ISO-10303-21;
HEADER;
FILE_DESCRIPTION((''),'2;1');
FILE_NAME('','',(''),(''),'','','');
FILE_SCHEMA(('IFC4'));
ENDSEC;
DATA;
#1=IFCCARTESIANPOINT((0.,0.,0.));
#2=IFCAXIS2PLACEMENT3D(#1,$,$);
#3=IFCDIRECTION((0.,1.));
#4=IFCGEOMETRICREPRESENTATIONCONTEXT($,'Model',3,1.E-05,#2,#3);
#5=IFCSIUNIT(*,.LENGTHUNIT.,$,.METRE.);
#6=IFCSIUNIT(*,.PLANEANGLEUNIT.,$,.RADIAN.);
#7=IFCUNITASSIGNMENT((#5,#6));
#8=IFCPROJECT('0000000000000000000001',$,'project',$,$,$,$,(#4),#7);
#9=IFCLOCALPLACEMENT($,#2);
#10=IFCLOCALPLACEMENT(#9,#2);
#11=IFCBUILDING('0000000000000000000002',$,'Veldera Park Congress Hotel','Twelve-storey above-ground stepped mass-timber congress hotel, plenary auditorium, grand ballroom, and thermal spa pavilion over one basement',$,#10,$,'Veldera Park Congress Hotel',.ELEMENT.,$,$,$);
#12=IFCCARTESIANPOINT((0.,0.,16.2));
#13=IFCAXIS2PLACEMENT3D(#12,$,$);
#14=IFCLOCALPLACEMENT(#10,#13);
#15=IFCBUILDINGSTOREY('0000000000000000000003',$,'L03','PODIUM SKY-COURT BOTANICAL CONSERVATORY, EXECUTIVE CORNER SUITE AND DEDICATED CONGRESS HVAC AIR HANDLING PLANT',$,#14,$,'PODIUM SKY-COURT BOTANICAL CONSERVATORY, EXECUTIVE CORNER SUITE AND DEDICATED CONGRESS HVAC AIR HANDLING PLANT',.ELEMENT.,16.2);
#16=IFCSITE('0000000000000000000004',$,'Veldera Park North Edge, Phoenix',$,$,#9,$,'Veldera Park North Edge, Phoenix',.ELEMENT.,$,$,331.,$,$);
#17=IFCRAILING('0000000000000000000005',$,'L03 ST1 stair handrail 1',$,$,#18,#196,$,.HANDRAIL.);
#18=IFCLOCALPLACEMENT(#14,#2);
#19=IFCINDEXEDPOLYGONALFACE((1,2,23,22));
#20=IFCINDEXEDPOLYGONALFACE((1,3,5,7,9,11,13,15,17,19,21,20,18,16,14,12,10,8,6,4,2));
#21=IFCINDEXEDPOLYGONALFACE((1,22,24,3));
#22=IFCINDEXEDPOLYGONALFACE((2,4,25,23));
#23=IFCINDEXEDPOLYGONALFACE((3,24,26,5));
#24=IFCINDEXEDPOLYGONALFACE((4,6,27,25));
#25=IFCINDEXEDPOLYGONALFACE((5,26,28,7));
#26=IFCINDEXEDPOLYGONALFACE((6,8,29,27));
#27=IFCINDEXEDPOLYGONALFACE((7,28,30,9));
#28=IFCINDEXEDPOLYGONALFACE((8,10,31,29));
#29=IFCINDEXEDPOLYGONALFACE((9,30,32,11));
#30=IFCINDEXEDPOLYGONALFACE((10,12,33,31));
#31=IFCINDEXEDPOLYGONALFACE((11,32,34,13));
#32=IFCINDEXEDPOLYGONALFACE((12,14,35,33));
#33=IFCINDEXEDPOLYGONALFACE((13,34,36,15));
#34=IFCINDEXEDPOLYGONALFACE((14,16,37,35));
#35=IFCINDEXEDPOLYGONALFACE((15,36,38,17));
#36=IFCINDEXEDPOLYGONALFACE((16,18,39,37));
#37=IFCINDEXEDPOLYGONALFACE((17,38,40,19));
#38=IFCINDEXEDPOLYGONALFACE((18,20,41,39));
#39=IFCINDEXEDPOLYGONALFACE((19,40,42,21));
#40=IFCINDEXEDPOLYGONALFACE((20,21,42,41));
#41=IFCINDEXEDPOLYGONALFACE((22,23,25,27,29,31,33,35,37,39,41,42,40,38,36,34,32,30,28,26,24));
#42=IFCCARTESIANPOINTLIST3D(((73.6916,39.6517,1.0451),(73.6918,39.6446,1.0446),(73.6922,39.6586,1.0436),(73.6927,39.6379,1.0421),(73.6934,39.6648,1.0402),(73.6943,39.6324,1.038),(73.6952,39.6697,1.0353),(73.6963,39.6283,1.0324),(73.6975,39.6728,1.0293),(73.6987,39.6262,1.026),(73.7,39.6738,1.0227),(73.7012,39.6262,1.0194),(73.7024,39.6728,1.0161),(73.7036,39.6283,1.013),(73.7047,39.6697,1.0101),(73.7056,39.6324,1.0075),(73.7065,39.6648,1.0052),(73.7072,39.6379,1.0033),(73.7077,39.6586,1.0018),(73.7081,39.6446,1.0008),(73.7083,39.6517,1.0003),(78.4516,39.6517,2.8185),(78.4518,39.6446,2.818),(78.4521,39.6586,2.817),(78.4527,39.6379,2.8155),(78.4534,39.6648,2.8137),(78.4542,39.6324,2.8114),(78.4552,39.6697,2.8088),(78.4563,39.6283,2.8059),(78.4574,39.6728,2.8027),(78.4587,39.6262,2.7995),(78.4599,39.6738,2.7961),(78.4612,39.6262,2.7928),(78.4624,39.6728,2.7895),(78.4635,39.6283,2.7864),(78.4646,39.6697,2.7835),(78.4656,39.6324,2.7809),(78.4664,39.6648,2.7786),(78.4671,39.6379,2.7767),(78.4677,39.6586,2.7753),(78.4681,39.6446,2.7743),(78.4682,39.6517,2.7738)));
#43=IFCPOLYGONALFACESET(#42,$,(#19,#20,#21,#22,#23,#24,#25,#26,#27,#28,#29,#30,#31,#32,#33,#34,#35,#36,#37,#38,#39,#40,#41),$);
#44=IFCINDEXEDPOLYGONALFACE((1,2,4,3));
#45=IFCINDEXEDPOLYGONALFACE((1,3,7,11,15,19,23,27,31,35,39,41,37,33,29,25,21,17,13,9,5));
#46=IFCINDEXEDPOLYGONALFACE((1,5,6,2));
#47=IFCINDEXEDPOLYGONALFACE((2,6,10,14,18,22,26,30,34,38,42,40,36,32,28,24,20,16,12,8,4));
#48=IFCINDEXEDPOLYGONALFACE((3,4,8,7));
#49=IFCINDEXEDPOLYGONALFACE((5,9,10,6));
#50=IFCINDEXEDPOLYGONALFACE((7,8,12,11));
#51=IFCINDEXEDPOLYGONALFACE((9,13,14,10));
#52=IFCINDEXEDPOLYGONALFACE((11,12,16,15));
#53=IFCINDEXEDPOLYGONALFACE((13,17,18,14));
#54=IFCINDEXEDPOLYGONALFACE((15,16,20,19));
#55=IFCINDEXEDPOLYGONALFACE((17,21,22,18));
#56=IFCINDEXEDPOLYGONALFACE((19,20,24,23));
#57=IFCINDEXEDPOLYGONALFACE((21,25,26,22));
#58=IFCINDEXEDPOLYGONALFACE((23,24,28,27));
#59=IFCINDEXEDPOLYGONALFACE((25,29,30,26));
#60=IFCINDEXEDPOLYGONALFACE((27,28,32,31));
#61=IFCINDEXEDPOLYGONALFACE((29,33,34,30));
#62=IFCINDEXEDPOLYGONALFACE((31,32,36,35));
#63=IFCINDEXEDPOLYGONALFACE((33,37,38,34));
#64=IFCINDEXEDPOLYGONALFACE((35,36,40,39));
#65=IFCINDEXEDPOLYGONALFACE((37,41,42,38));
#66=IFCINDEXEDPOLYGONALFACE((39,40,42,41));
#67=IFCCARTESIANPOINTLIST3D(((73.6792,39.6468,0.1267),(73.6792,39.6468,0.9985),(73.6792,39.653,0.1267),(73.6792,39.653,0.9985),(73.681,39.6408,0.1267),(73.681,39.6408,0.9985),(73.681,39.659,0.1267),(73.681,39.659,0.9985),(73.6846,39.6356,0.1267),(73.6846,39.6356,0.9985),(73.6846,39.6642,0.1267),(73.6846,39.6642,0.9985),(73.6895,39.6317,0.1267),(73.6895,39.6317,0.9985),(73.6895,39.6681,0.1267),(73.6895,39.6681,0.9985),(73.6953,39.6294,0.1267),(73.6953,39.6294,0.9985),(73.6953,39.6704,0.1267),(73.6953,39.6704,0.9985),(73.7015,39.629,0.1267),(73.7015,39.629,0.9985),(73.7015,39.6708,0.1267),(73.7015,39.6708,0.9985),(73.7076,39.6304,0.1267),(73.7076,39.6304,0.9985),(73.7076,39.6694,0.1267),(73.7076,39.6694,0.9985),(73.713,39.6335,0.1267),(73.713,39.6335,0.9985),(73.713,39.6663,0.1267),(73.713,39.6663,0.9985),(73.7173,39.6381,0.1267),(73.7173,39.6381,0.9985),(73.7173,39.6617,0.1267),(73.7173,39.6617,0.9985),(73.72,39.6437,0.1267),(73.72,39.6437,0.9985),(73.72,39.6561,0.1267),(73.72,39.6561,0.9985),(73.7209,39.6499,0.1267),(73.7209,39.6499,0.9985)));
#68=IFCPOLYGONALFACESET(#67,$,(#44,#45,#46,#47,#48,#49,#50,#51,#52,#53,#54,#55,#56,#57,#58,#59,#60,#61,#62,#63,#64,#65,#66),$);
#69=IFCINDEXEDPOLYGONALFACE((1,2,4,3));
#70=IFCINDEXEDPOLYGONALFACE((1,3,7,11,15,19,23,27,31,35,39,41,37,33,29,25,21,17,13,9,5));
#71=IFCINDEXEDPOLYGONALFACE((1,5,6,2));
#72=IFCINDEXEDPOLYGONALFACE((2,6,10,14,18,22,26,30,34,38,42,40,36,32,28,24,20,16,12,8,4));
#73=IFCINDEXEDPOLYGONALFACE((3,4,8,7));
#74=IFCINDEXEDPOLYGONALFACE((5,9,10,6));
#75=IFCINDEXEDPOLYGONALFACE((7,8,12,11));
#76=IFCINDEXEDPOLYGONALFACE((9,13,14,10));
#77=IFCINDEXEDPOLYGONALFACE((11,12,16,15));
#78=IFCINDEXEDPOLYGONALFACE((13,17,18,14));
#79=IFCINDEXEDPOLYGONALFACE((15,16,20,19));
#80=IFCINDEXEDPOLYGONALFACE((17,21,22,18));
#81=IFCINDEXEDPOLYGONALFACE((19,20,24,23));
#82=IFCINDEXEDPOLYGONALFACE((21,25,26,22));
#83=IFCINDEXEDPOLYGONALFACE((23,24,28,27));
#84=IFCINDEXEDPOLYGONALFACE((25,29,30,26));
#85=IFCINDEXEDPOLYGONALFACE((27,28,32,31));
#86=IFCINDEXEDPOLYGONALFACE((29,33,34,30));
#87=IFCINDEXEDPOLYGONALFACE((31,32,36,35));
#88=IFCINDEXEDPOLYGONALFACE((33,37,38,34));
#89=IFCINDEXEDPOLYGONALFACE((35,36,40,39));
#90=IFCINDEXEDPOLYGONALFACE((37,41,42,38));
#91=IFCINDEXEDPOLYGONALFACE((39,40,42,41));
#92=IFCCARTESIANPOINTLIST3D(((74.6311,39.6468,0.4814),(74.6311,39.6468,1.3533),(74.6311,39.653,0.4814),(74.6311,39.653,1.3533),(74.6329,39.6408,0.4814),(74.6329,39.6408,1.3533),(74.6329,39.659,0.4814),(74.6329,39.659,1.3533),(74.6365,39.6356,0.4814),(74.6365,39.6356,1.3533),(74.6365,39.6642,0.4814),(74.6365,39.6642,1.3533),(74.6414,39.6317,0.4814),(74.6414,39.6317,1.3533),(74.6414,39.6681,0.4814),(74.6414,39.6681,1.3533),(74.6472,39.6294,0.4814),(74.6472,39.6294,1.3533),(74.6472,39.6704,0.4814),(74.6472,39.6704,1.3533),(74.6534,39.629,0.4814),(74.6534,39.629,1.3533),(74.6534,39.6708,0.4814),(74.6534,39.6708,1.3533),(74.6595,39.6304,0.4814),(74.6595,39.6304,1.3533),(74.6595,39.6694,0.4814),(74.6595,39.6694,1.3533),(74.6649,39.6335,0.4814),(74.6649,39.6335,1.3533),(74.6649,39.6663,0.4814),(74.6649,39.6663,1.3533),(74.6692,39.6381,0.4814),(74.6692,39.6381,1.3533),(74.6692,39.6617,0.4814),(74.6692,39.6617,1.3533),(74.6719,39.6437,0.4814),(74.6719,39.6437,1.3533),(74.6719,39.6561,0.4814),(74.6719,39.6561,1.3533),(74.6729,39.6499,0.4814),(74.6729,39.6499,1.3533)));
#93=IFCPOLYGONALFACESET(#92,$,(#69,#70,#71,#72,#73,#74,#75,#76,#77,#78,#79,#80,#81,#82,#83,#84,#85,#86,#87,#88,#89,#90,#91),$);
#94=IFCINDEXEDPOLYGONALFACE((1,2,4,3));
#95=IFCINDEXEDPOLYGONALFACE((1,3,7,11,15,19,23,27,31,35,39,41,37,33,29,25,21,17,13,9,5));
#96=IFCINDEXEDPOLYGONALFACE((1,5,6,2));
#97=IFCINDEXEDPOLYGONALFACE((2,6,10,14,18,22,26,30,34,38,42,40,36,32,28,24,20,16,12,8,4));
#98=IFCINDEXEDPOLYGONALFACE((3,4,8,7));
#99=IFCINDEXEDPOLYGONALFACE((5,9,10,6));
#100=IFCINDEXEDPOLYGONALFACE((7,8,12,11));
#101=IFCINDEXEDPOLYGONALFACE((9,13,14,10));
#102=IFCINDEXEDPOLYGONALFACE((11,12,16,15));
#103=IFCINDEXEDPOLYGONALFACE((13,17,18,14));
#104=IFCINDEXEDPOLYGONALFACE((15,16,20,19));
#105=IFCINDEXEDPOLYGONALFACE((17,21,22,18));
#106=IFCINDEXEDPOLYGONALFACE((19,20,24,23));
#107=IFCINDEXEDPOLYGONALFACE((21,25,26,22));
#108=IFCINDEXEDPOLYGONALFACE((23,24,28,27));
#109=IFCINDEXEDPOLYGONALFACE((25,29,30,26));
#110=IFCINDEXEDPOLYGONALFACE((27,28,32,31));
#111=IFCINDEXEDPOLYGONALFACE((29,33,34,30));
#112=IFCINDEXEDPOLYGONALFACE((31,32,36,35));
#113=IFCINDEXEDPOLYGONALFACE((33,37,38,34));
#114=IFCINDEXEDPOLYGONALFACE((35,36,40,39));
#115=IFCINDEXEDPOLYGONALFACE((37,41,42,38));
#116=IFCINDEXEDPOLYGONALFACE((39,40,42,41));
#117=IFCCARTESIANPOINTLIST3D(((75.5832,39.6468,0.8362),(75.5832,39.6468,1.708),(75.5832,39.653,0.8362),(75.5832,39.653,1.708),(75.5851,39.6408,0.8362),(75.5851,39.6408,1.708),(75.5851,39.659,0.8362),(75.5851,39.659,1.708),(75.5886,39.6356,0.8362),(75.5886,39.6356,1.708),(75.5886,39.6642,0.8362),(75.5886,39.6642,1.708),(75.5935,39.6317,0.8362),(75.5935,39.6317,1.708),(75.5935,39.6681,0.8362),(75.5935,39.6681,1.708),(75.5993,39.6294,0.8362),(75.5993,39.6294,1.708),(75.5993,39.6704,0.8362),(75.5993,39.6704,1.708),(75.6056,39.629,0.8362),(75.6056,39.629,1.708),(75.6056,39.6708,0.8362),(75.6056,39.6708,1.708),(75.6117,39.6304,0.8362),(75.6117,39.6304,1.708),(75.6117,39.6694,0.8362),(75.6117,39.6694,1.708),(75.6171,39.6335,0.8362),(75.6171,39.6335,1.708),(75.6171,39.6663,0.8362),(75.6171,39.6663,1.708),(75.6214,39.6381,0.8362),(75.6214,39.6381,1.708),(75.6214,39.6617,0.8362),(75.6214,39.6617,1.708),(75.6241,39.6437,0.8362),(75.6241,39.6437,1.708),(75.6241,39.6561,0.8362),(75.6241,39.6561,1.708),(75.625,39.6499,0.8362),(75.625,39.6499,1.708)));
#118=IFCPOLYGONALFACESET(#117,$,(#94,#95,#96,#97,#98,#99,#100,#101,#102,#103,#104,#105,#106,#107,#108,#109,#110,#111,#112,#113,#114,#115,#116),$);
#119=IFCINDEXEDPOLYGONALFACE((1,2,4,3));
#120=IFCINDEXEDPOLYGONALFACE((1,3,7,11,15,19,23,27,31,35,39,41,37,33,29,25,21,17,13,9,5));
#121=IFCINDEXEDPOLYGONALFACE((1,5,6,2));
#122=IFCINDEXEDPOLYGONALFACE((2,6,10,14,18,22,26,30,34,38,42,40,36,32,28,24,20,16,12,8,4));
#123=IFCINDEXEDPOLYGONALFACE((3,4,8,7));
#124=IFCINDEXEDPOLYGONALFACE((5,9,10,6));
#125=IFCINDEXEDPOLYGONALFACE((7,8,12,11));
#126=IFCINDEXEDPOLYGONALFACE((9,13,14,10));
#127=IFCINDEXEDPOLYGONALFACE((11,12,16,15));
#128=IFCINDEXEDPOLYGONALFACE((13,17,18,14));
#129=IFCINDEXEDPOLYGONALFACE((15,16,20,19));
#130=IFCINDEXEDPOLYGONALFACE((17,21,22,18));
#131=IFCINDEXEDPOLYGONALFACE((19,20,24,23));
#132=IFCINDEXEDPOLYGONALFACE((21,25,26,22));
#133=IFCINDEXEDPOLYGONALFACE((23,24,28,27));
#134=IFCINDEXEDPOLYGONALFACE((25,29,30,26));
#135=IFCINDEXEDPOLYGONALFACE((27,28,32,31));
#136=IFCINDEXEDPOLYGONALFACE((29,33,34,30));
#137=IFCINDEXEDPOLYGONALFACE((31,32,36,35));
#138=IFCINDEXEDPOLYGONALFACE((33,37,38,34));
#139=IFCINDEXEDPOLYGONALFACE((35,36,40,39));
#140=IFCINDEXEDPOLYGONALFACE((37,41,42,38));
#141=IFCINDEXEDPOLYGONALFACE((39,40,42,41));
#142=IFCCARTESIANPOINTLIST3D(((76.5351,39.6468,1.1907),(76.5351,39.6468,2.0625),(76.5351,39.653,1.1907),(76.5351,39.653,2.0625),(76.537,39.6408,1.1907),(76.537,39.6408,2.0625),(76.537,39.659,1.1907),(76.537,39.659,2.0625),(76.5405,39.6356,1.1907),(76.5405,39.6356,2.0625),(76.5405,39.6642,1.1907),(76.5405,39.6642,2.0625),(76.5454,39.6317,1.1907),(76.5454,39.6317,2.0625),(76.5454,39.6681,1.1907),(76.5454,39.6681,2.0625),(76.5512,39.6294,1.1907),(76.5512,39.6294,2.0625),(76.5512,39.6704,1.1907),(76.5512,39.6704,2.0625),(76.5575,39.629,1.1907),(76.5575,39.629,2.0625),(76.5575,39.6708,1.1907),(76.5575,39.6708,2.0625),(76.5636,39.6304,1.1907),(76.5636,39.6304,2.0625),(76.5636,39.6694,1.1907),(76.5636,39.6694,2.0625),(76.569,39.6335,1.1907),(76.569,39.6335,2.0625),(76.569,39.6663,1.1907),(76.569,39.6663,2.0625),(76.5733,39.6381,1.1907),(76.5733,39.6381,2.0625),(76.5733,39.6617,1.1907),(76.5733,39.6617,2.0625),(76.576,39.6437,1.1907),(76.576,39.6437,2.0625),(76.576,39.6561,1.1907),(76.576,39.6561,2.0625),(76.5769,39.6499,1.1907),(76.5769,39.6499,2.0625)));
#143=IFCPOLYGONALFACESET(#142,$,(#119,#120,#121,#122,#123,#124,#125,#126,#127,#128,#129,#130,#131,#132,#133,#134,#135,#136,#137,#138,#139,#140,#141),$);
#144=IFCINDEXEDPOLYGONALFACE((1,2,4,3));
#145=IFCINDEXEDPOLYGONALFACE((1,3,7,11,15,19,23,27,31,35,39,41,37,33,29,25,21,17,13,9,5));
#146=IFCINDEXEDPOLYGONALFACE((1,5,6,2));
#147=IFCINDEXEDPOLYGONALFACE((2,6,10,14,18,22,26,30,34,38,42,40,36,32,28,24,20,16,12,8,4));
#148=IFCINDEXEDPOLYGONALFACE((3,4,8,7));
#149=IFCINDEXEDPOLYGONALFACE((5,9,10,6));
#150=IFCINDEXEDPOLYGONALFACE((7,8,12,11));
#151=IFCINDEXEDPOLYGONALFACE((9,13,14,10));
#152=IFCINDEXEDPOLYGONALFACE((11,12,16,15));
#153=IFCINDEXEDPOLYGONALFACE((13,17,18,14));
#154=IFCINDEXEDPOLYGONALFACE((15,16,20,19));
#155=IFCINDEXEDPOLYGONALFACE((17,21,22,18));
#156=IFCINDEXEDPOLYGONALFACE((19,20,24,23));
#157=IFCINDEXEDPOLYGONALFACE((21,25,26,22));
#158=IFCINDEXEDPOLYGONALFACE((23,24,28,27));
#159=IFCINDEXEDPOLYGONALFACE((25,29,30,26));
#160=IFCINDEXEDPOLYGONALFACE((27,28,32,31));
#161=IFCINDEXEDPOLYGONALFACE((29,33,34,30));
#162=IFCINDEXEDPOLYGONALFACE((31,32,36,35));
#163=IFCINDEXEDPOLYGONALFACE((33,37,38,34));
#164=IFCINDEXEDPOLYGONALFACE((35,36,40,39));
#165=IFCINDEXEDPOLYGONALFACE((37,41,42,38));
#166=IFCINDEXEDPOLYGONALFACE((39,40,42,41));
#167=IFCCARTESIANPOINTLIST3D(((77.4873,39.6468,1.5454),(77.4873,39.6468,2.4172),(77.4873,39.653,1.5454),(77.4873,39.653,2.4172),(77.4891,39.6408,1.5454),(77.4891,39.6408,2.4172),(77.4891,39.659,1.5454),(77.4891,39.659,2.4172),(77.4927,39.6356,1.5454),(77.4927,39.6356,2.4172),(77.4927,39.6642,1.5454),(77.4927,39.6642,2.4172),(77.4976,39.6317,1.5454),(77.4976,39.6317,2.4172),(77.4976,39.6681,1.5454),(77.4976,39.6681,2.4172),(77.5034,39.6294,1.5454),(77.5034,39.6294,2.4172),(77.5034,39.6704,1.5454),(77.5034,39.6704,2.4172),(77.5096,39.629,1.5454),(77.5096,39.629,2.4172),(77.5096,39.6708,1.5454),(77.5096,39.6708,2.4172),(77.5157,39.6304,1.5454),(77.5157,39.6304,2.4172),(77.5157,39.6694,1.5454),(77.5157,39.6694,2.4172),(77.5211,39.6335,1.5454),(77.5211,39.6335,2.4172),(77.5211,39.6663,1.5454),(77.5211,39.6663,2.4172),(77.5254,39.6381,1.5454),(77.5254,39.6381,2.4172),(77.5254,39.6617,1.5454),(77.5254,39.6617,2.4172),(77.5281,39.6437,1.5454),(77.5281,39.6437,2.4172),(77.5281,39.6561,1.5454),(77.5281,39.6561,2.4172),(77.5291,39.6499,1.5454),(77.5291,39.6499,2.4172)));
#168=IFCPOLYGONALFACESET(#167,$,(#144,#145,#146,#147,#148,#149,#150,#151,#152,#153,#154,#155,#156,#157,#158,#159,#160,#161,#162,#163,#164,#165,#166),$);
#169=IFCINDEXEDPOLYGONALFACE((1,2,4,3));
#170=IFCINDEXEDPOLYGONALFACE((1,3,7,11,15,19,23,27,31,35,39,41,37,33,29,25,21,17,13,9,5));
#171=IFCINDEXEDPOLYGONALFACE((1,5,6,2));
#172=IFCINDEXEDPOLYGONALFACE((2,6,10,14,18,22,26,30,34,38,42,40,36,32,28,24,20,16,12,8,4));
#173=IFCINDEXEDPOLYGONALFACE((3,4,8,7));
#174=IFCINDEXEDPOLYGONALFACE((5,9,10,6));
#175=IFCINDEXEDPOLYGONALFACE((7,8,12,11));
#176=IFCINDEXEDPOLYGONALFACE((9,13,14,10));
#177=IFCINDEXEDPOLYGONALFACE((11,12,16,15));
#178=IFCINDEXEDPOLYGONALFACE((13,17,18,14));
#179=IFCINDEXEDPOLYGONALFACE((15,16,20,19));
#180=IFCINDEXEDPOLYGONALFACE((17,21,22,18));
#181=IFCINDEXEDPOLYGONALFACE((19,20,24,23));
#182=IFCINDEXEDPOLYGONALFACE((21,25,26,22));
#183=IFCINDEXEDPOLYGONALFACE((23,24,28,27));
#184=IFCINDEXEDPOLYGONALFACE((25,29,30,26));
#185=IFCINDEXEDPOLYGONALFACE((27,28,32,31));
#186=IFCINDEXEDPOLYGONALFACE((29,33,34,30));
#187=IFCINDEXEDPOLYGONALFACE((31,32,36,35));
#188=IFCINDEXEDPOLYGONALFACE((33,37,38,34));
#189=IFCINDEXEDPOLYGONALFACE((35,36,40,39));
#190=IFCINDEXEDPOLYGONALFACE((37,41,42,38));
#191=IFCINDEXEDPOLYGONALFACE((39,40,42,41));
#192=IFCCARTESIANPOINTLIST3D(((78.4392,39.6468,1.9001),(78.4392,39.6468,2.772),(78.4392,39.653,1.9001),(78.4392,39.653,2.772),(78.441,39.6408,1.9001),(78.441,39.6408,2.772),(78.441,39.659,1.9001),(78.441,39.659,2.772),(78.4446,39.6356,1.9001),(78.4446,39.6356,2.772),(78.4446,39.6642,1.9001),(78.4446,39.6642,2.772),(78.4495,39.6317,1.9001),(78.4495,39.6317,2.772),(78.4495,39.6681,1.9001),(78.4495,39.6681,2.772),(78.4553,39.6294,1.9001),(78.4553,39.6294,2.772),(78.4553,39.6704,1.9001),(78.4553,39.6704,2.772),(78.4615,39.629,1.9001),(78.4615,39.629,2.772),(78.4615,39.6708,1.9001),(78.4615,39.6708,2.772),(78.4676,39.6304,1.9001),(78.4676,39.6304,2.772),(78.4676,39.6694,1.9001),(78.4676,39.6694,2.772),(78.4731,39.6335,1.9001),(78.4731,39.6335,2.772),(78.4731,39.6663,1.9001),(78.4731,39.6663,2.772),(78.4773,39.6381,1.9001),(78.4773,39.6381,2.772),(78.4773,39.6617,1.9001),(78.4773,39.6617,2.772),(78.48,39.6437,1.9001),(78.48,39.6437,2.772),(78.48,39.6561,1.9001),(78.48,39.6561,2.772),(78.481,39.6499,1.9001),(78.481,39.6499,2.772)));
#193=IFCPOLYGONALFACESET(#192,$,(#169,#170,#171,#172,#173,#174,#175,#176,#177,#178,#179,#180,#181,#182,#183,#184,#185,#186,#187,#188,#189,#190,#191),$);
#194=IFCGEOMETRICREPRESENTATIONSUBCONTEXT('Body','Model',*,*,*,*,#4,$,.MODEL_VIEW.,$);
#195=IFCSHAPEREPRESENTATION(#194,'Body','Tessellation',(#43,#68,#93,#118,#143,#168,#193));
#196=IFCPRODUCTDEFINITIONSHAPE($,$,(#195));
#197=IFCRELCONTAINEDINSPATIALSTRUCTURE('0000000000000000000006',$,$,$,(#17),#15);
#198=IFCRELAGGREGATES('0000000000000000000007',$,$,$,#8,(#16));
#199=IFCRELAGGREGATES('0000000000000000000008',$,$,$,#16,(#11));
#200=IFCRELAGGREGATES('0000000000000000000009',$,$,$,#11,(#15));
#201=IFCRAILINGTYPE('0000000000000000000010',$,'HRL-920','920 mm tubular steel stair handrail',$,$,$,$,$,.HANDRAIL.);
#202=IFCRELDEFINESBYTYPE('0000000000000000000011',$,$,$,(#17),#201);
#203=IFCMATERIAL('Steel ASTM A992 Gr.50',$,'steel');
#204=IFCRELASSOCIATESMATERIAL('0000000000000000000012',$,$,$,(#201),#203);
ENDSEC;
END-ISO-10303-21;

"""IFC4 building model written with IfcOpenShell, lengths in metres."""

from ifc_helpers import new_model, si_unit, direction, frame, origin, origin_2d, place, context, subcontext, project, spatial, circle, extrude, material, type_object, element, save


model = new_model("IFC4")

# Units and contexts
model_context = context("Model", 3, precision=1e-05, world=origin(), true_north=direction((0.0, 1.0)))
body_context = subcontext(model_context, "Body", "Model", "MODEL_VIEW")
ifc_project = project(units=[si_unit("LENGTHUNIT", "METRE"), si_unit("PLANEANGLEUNIT", "RADIAN")], contexts=[model_context])

# Site, building, storey
site_placement = place(None, origin())
site = spatial("IfcSite", under=ifc_project, at=site_placement, Name="Veldera Park North Edge, Phoenix", LongName="Veldera Park North Edge, Phoenix", CompositionType="ELEMENT", RefElevation=331.0)
building_placement = place(site_placement, origin())
building = spatial("IfcBuilding", under=site, at=building_placement, Name="Veldera Park Congress Hotel", Description="Twelve-storey above-ground stepped mass-timber congress hotel, plenary auditorium, grand ballroom, and thermal spa pavilion over one basement", LongName="Veldera Park Congress Hotel", CompositionType="ELEMENT")
storey_placement = place(building_placement, frame((0.0, 0.0, 16.2)))
storey = spatial("IfcBuildingStorey", under=building, at=storey_placement, Name="L03", Description="PODIUM SKY-COURT BOTANICAL CONSERVATORY, EXECUTIVE CORNER SUITE AND DEDICATED CONGRESS HVAC AIR HANDLING PLANT", LongName="PODIUM SKY-COURT BOTANICAL CONSERVATORY, EXECUTIVE CORNER SUITE AND DEDICATED CONGRESS HVAC AIR HANDLING PLANT", CompositionType="ELEMENT", Elevation=16.2)

# Railing
ifc_material_1 = material(Name="Steel ASTM A992 Gr.50", Category="steel")
railing_type_1 = type_object("IfcRailingType", Name="HRL-920", Description="920 mm tubular steel stair handrail", PredefinedType="HANDRAIL", material=ifc_material_1)
railing_1_placement = place(storey_placement, frame((73.7, 39.6499, 0.1267)))
element("IfcRailing", 1, at=railing_1_placement, inside=storey, type_object=railing_type_1, Name="L03 ST1 stair handrail 1", PredefinedType="HANDRAIL", context=body_context, shape_type="SweptSolid", body=[
    extrude(circle(Radius=0.0239, at=origin_2d()), frame((0.0, 0.0, 0.896), z_axis=(0.937076, 0.0, 0.349126), x_axis=(0.0, 1.0, 0.0)), (0.0, 0.0, 1.0), 5.0796),
    extrude(circle(Radius=0.021, at=origin_2d()), origin(), (0.0, 0.0, 1.0), 0.8718),
    extrude(circle(Radius=0.021, at=origin_2d()), frame((0.9519, 0.0, 0.3547)), (0.0, 0.0, 1.0), 0.8718),
    extrude(circle(Radius=0.021, at=origin_2d()), frame((1.9041, 0.0, 0.7095)), (0.0, 0.0, 1.0), 0.8718),
    extrude(circle(Radius=0.021, at=origin_2d()), frame((2.856, 0.0, 1.064)), (0.0, 0.0, 1.0), 0.8718),
    extrude(circle(Radius=0.021, at=origin_2d()), frame((3.8081, 0.0, 1.4187)), (0.0, 0.0, 1.0), 0.8718),
    extrude(circle(Radius=0.021, at=origin_2d()), frame((4.76, 0.0, 1.7734)), (0.0, 0.0, 1.0), 0.8718),
])

save(model, "model.ifc")
